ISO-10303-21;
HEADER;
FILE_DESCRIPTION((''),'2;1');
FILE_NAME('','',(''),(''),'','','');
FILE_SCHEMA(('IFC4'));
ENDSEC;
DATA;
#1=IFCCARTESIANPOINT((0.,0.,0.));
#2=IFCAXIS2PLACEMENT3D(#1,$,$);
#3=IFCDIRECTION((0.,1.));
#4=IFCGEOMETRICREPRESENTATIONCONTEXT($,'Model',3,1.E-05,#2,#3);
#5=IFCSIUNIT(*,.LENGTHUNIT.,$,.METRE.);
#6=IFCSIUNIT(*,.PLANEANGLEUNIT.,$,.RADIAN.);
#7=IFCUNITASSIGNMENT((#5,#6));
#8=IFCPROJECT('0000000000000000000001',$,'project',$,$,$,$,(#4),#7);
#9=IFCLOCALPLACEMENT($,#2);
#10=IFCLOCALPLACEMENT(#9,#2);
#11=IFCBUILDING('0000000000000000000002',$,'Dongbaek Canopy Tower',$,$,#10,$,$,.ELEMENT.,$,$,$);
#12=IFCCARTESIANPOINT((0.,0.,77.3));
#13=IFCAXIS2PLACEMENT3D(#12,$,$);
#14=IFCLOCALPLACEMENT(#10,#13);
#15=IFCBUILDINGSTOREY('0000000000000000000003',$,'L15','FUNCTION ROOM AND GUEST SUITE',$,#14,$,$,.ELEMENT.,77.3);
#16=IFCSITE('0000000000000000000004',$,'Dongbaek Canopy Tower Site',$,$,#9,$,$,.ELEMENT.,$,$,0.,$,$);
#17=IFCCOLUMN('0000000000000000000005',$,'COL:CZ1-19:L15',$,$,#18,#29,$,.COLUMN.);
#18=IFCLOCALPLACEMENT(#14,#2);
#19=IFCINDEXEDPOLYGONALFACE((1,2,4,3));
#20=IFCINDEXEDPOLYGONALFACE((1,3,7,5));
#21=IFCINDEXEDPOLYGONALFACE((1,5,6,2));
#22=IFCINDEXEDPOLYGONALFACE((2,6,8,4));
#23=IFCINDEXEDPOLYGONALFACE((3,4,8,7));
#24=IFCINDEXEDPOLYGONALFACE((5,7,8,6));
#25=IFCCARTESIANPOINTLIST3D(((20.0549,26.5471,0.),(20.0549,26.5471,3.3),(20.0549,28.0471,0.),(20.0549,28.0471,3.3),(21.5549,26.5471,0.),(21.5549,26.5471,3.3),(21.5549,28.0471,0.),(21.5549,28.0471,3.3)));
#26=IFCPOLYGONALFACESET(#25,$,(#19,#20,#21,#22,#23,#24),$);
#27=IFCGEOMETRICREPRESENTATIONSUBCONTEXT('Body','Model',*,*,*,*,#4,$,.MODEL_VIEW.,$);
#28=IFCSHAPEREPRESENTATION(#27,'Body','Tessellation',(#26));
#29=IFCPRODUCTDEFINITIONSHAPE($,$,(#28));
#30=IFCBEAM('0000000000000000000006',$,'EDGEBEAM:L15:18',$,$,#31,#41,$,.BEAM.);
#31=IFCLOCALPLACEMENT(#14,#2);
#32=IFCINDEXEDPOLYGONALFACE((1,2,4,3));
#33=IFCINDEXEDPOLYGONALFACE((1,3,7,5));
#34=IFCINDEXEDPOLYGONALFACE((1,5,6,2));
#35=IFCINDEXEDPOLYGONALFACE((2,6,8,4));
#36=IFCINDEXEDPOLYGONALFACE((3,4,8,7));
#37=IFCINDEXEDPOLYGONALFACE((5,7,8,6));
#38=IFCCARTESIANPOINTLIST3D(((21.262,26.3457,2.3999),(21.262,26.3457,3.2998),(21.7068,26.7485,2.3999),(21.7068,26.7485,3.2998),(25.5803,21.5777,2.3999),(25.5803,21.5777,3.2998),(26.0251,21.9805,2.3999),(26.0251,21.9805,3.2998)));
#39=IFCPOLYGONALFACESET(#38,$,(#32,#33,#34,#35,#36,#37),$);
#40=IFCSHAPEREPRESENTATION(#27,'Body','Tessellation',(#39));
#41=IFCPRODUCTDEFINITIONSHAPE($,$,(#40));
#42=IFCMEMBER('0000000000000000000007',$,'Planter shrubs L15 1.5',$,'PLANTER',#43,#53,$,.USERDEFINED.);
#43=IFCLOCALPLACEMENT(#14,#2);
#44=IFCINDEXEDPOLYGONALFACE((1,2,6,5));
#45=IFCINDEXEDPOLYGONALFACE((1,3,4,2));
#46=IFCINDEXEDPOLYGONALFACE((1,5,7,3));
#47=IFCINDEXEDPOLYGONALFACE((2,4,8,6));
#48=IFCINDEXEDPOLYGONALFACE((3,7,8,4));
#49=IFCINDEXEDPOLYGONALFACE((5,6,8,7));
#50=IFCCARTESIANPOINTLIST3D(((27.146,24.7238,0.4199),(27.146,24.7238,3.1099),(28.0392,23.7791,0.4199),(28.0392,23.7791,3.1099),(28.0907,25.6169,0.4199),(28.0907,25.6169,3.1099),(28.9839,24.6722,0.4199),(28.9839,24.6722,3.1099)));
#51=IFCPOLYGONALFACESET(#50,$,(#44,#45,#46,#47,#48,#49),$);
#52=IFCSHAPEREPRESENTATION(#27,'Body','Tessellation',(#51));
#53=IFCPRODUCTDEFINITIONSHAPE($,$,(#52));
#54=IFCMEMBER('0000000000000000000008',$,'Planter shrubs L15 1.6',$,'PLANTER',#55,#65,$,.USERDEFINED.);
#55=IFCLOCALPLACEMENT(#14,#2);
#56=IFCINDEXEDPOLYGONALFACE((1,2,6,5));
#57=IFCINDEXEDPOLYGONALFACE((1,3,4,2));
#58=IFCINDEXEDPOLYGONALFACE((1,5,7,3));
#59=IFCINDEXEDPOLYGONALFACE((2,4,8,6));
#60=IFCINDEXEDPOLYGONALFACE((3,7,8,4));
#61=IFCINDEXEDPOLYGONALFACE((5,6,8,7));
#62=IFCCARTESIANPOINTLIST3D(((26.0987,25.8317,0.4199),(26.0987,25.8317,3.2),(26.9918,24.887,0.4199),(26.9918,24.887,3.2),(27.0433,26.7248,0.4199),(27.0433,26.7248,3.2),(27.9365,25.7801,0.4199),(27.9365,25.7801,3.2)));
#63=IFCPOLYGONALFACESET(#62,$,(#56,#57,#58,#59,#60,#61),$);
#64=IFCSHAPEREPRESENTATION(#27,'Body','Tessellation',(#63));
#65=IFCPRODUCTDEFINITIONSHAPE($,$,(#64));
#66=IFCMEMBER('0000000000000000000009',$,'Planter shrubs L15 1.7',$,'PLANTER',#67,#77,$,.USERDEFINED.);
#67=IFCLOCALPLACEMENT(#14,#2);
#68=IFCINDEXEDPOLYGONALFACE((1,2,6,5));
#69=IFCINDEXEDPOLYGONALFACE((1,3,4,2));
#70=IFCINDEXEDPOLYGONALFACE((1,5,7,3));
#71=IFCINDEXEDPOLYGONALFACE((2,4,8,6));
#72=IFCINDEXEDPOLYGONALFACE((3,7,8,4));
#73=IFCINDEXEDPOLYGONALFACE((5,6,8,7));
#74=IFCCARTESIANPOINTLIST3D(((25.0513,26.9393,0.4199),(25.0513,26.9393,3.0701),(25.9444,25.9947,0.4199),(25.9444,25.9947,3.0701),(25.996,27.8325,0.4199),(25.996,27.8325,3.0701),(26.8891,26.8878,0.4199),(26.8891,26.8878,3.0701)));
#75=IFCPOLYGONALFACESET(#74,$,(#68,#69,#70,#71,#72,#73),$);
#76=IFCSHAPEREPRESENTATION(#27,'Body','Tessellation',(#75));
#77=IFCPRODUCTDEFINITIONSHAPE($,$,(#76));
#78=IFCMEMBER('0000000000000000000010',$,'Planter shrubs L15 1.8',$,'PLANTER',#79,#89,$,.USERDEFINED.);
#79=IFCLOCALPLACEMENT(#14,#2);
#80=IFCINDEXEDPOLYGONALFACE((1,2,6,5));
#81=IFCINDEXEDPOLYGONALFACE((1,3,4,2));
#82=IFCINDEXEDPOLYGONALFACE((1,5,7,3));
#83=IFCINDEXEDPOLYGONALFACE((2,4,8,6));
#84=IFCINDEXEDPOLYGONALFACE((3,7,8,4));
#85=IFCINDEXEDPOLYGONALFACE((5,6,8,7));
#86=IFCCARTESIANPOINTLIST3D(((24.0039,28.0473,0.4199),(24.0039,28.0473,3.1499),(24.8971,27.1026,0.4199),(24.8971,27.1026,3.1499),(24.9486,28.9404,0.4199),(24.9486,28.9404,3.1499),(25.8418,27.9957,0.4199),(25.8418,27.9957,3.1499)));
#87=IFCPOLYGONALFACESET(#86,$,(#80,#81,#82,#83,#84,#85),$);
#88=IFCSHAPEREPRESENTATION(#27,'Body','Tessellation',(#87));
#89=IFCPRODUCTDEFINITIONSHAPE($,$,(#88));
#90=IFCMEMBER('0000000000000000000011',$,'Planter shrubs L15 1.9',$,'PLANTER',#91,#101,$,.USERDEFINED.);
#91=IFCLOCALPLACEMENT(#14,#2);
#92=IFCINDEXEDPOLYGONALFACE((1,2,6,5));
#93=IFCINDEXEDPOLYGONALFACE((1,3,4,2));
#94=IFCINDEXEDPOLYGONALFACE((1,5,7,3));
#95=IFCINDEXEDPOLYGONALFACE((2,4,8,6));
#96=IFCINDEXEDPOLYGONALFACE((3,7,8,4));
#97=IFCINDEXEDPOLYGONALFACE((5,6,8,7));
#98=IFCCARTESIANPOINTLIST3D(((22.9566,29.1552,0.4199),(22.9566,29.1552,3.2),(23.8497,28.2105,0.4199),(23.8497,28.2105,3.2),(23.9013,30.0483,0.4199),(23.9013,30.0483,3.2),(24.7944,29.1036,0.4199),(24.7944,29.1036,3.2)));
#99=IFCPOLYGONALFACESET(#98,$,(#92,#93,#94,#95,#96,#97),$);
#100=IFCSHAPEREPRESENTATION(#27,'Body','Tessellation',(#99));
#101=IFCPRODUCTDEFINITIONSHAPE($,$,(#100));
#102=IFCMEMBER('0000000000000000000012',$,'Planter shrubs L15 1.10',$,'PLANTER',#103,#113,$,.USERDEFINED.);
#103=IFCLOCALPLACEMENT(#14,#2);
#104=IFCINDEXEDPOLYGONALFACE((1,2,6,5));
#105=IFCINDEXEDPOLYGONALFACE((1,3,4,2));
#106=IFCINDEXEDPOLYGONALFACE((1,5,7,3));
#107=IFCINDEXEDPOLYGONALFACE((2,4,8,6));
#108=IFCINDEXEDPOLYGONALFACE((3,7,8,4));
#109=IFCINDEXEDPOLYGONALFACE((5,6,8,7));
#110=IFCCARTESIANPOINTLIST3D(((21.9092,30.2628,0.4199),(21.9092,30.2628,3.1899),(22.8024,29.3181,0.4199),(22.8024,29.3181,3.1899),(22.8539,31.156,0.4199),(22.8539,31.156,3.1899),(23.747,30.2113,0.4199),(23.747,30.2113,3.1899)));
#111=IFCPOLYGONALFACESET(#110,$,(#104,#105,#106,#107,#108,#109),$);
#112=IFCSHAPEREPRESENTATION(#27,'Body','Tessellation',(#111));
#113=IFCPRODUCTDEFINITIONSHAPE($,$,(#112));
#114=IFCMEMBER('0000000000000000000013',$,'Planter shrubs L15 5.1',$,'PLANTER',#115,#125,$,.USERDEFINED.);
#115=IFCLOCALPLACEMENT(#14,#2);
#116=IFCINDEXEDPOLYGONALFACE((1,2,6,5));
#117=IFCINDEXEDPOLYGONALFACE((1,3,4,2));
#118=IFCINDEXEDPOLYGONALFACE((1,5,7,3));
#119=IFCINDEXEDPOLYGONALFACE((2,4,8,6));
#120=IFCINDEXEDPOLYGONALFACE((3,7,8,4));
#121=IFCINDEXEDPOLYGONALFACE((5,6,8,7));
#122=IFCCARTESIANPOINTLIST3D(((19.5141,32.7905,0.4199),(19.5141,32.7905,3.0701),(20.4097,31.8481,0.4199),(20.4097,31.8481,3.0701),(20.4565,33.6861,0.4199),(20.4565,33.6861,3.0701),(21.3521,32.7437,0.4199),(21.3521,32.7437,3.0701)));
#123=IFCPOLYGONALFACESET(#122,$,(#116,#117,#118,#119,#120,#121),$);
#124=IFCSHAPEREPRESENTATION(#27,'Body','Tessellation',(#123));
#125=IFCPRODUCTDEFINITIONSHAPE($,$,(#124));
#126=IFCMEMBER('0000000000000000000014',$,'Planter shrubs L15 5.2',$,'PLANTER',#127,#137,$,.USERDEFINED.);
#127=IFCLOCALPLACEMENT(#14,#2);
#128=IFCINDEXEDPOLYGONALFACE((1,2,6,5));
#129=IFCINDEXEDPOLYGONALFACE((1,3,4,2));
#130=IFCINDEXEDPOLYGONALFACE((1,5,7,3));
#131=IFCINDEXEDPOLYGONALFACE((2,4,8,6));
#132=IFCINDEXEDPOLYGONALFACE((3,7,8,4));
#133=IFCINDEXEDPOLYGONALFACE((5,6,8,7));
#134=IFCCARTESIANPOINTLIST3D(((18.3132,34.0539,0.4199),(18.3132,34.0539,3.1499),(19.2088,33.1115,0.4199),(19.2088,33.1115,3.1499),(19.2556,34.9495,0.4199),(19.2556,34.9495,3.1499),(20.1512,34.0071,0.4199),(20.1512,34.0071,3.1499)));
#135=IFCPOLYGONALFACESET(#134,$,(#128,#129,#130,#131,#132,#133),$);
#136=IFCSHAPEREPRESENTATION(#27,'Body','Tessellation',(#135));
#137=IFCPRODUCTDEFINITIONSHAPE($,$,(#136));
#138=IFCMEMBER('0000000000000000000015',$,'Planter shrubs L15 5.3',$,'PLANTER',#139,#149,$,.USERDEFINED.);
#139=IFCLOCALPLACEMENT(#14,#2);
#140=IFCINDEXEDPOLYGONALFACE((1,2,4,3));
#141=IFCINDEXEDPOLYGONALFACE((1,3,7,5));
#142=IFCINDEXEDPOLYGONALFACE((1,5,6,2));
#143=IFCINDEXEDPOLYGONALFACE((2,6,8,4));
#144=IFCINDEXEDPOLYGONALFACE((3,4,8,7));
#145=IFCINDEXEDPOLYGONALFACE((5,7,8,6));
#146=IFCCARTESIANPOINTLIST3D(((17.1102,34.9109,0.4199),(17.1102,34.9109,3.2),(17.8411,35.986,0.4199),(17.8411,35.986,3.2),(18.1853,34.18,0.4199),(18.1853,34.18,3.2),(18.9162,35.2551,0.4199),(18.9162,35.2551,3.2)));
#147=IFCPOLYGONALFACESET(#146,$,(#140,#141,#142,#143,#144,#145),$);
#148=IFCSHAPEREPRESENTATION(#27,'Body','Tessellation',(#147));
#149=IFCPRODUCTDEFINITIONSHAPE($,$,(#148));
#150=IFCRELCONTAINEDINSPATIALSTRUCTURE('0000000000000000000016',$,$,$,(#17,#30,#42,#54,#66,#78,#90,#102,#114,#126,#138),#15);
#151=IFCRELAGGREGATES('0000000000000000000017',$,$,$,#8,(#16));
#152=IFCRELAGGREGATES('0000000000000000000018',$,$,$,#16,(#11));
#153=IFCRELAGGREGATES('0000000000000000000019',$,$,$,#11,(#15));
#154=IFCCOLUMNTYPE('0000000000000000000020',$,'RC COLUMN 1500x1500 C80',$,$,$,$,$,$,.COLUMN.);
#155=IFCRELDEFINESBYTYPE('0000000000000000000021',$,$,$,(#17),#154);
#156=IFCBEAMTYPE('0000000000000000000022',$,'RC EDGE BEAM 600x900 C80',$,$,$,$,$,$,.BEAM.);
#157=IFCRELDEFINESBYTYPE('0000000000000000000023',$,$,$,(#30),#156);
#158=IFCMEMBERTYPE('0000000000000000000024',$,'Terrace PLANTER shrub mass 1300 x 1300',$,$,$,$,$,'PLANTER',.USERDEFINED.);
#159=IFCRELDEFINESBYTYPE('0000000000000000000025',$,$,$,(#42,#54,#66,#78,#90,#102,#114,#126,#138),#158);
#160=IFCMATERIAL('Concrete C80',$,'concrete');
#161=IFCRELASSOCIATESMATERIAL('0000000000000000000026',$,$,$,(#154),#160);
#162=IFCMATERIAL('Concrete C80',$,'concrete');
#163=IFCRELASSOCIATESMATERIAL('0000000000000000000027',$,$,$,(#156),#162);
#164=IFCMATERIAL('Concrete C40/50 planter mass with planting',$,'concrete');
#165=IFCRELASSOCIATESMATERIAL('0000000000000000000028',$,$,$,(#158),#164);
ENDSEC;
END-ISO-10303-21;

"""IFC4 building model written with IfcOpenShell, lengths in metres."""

from ifc_helpers import new_model, si_unit, direction, frame, origin, origin_2d, place, context, subcontext, project, spatial, rectangle, extrude, material, material_profile, profile_set, type_object, element, save


model = new_model("IFC4")

# Units and contexts
model_context = context("Model", 3, precision=1e-05, world=origin(), true_north=direction((0.0, 1.0)))
body_context = subcontext(model_context, "Body", "Model", "MODEL_VIEW")
ifc_project = project(units=[si_unit("LENGTHUNIT", "METRE"), si_unit("PLANEANGLEUNIT", "RADIAN")], contexts=[model_context])

# Site, building, storey
site_placement = place(None, origin())
site = spatial("IfcSite", under=ifc_project, at=site_placement, Name="Dongbaek Canopy Tower Site", CompositionType="ELEMENT", RefElevation=0.0)
building_placement = place(site_placement, origin())
building = spatial("IfcBuilding", under=site, at=building_placement, Name="Dongbaek Canopy Tower", CompositionType="ELEMENT")
storey_placement = place(building_placement, frame((0.0, 0.0, 77.3)))
storey = spatial("IfcBuildingStorey", under=building, at=storey_placement, Name="L15", Description="FUNCTION ROOM AND GUEST SUITE", CompositionType="ELEMENT", Elevation=77.3)

# Column
ifc_material_1 = material(Name="Concrete C80", Category="concrete")
ifc_material_profile_1 = material_profile(ifc_material_1, rectangle(XDim=1.5, YDim=1.5, at=origin_2d()), Name="RC COLUMN 1500x1500 C80")
ifc_profile_set_1 = profile_set([ifc_material_profile_1], Name="Concrete C80")
column_type = type_object("IfcColumnType", Name="RC COLUMN 1500x1500 C80", PredefinedType="COLUMN", material=ifc_profile_set_1)
column_placement = place(storey_placement, frame((20.8049, 27.2971, 0.0), z_axis=(0.0, 0.0, 1.0), x_axis=(1.0, 0.0, 0.0)))
element("IfcColumn", 1, at=column_placement, inside=storey, type_object=column_type, Name="COL:CZ1-19:L15", PredefinedType="COLUMN", context=body_context, shape_type="SweptSolid", body=[
    extrude(rectangle(XDim=1.5, YDim=1.5, at=origin_2d()), origin(), (0.0, 0.0, 1.0), 3.3),
])

# Beam
ifc_material_2 = material(Name="Concrete C80", Category="concrete")
ifc_material_profile_2 = material_profile(ifc_material_2, rectangle(XDim=0.6001, YDim=0.8999, at=origin_2d()), Name="RC EDGE BEAM 600x900 C80")
ifc_profile_set_2 = profile_set([ifc_material_profile_2], Name="Concrete C80")
beam_type = type_object("IfcBeamType", Name="RC EDGE BEAM 600x900 C80", PredefinedType="BEAM", material=ifc_profile_set_2)
beam_placement = place(storey_placement, frame((21.4844, 26.5471, 2.8499), z_axis=(0.671289, -0.741196, 0.0), x_axis=(0.741196, 0.671289, 0.0)))
element("IfcBeam", 2, at=beam_placement, inside=storey, type_object=beam_type, Name="EDGEBEAM:L15:18", PredefinedType="BEAM", context=body_context, shape_type="SweptSolid", body=[
    extrude(rectangle(XDim=0.6001, YDim=0.8999, at=origin_2d()), origin(), (0.0, 0.0, 1.0), 6.4329),
])

# Members
ifc_material_3 = material(Name="Concrete C40/50 planter mass with planting", Category="concrete")
ifc_material_profile_3 = material_profile(ifc_material_3, rectangle(XDim=1.3, YDim=1.3, at=origin_2d()), Name="Terrace PLANTER shrub mass 1300 x 1300")
ifc_profile_set_3 = profile_set([ifc_material_profile_3], Name="Concrete C40/50 planter mass with planting")
member_type = type_object("IfcMemberType", Name="Terrace PLANTER shrub mass 1300 x 1300", ElementType="PLANTER", PredefinedType="USERDEFINED", material=ifc_profile_set_3)
member_1_placement = place(storey_placement, frame((28.0649, 24.698, 0.4199), z_axis=(0.0, 0.0, 1.0), x_axis=(0.726653, 0.687005, 0.0)))
element("IfcMember", 3, at=member_1_placement, inside=storey, type_object=member_type, Name="Planter shrubs L15 1.5", ObjectType="PLANTER", PredefinedType="USERDEFINED", context=body_context, shape_type="SweptSolid", body=[
    extrude(rectangle(XDim=1.3, YDim=1.3, at=origin_2d()), origin(), (0.0, 0.0, 1.0), 2.6899),
])
member_2_placement = place(storey_placement, frame((27.0176, 25.8059, 0.4199), z_axis=(0.0, 0.0, 1.0), x_axis=(0.726653, 0.687005, 0.0)))
element("IfcMember", 4, at=member_2_placement, inside=storey, type_object=member_type, Name="Planter shrubs L15 1.6", ObjectType="PLANTER", PredefinedType="USERDEFINED", context=body_context, shape_type="SweptSolid", body=[
    extrude(rectangle(XDim=1.3, YDim=1.3, at=origin_2d()), origin(), (0.0, 0.0, 1.0), 2.78),
])
member_3_placement = place(storey_placement, frame((25.9702, 26.9136, 0.4199), z_axis=(0.0, 0.0, 1.0), x_axis=(0.726653, 0.687005, 0.0)))
element("IfcMember", 5, at=member_3_placement, inside=storey, type_object=member_type, Name="Planter shrubs L15 1.7", ObjectType="PLANTER", PredefinedType="USERDEFINED", context=body_context, shape_type="SweptSolid", body=[
    extrude(rectangle(XDim=1.3, YDim=1.3, at=origin_2d()), origin(), (0.0, 0.0, 1.0), 2.6501),
])
member_4_placement = place(storey_placement, frame((24.9229, 28.0215, 0.4199), z_axis=(0.0, 0.0, 1.0), x_axis=(0.726653, 0.687005, 0.0)))
element("IfcMember", 6, at=member_4_placement, inside=storey, type_object=member_type, Name="Planter shrubs L15 1.8", ObjectType="PLANTER", PredefinedType="USERDEFINED", context=body_context, shape_type="SweptSolid", body=[
    extrude(rectangle(XDim=1.3, YDim=1.3, at=origin_2d()), origin(), (0.0, 0.0, 1.0), 2.73),
])
member_5_placement = place(storey_placement, frame((23.8755, 29.1294, 0.4199), z_axis=(0.0, 0.0, 1.0), x_axis=(0.726653, 0.687005, 0.0)))
element("IfcMember", 7, at=member_5_placement, inside=storey, type_object=member_type, Name="Planter shrubs L15 1.9", ObjectType="PLANTER", PredefinedType="USERDEFINED", context=body_context, shape_type="SweptSolid", body=[
    extrude(rectangle(XDim=1.3, YDim=1.3, at=origin_2d()), origin(), (0.0, 0.0, 1.0), 2.78),
])
member_6_placement = place(storey_placement, frame((22.8281, 30.2371, 0.4199), z_axis=(0.0, 0.0, 1.0), x_axis=(0.726653, 0.687005, 0.0)))
element("IfcMember", 8, at=member_6_placement, inside=storey, type_object=member_type, Name="Planter shrubs L15 1.10", ObjectType="PLANTER", PredefinedType="USERDEFINED", context=body_context, shape_type="SweptSolid", body=[
    extrude(rectangle(XDim=1.3, YDim=1.3, at=origin_2d()), origin(), (0.0, 0.0, 1.0), 2.77),
])
member_7_placement = place(storey_placement, frame((20.4331, 32.7671, 0.4199), z_axis=(0.0, 0.0, 1.0), x_axis=(0.724863, 0.688893, 0.0)))
element("IfcMember", 9, at=member_7_placement, inside=storey, type_object=member_type, Name="Planter shrubs L15 5.1", ObjectType="PLANTER", PredefinedType="USERDEFINED", context=body_context, shape_type="SweptSolid", body=[
    extrude(rectangle(XDim=1.3, YDim=1.3, at=origin_2d()), origin(), (0.0, 0.0, 1.0), 2.6501),
])
member_8_placement = place(storey_placement, frame((19.2322, 34.0305, 0.4199), z_axis=(0.0, 0.0, 1.0), x_axis=(0.724863, 0.688893, 0.0)))
element("IfcMember", 10, at=member_8_placement, inside=storey, type_object=member_type, Name="Planter shrubs L15 5.2", ObjectType="PLANTER", PredefinedType="USERDEFINED", context=body_context, shape_type="SweptSolid", body=[
    extrude(rectangle(XDim=1.3, YDim=1.3, at=origin_2d()), origin(), (0.0, 0.0, 1.0), 2.73),
])
member_9_placement = place(storey_placement, frame((18.0132, 35.083, 0.4199), z_axis=(0.0, 0.0, 1.0), x_axis=(0.562225, 0.826984, 0.0)))
element("IfcMember", 11, at=member_9_placement, inside=storey, type_object=member_type, Name="Planter shrubs L15 5.3", ObjectType="PLANTER", PredefinedType="USERDEFINED", context=body_context, shape_type="SweptSolid", body=[
    extrude(rectangle(XDim=1.3, YDim=1.3, at=origin_2d()), origin(), (0.0, 0.0, 1.0), 2.78),
])

save(model, "model.ifc")
